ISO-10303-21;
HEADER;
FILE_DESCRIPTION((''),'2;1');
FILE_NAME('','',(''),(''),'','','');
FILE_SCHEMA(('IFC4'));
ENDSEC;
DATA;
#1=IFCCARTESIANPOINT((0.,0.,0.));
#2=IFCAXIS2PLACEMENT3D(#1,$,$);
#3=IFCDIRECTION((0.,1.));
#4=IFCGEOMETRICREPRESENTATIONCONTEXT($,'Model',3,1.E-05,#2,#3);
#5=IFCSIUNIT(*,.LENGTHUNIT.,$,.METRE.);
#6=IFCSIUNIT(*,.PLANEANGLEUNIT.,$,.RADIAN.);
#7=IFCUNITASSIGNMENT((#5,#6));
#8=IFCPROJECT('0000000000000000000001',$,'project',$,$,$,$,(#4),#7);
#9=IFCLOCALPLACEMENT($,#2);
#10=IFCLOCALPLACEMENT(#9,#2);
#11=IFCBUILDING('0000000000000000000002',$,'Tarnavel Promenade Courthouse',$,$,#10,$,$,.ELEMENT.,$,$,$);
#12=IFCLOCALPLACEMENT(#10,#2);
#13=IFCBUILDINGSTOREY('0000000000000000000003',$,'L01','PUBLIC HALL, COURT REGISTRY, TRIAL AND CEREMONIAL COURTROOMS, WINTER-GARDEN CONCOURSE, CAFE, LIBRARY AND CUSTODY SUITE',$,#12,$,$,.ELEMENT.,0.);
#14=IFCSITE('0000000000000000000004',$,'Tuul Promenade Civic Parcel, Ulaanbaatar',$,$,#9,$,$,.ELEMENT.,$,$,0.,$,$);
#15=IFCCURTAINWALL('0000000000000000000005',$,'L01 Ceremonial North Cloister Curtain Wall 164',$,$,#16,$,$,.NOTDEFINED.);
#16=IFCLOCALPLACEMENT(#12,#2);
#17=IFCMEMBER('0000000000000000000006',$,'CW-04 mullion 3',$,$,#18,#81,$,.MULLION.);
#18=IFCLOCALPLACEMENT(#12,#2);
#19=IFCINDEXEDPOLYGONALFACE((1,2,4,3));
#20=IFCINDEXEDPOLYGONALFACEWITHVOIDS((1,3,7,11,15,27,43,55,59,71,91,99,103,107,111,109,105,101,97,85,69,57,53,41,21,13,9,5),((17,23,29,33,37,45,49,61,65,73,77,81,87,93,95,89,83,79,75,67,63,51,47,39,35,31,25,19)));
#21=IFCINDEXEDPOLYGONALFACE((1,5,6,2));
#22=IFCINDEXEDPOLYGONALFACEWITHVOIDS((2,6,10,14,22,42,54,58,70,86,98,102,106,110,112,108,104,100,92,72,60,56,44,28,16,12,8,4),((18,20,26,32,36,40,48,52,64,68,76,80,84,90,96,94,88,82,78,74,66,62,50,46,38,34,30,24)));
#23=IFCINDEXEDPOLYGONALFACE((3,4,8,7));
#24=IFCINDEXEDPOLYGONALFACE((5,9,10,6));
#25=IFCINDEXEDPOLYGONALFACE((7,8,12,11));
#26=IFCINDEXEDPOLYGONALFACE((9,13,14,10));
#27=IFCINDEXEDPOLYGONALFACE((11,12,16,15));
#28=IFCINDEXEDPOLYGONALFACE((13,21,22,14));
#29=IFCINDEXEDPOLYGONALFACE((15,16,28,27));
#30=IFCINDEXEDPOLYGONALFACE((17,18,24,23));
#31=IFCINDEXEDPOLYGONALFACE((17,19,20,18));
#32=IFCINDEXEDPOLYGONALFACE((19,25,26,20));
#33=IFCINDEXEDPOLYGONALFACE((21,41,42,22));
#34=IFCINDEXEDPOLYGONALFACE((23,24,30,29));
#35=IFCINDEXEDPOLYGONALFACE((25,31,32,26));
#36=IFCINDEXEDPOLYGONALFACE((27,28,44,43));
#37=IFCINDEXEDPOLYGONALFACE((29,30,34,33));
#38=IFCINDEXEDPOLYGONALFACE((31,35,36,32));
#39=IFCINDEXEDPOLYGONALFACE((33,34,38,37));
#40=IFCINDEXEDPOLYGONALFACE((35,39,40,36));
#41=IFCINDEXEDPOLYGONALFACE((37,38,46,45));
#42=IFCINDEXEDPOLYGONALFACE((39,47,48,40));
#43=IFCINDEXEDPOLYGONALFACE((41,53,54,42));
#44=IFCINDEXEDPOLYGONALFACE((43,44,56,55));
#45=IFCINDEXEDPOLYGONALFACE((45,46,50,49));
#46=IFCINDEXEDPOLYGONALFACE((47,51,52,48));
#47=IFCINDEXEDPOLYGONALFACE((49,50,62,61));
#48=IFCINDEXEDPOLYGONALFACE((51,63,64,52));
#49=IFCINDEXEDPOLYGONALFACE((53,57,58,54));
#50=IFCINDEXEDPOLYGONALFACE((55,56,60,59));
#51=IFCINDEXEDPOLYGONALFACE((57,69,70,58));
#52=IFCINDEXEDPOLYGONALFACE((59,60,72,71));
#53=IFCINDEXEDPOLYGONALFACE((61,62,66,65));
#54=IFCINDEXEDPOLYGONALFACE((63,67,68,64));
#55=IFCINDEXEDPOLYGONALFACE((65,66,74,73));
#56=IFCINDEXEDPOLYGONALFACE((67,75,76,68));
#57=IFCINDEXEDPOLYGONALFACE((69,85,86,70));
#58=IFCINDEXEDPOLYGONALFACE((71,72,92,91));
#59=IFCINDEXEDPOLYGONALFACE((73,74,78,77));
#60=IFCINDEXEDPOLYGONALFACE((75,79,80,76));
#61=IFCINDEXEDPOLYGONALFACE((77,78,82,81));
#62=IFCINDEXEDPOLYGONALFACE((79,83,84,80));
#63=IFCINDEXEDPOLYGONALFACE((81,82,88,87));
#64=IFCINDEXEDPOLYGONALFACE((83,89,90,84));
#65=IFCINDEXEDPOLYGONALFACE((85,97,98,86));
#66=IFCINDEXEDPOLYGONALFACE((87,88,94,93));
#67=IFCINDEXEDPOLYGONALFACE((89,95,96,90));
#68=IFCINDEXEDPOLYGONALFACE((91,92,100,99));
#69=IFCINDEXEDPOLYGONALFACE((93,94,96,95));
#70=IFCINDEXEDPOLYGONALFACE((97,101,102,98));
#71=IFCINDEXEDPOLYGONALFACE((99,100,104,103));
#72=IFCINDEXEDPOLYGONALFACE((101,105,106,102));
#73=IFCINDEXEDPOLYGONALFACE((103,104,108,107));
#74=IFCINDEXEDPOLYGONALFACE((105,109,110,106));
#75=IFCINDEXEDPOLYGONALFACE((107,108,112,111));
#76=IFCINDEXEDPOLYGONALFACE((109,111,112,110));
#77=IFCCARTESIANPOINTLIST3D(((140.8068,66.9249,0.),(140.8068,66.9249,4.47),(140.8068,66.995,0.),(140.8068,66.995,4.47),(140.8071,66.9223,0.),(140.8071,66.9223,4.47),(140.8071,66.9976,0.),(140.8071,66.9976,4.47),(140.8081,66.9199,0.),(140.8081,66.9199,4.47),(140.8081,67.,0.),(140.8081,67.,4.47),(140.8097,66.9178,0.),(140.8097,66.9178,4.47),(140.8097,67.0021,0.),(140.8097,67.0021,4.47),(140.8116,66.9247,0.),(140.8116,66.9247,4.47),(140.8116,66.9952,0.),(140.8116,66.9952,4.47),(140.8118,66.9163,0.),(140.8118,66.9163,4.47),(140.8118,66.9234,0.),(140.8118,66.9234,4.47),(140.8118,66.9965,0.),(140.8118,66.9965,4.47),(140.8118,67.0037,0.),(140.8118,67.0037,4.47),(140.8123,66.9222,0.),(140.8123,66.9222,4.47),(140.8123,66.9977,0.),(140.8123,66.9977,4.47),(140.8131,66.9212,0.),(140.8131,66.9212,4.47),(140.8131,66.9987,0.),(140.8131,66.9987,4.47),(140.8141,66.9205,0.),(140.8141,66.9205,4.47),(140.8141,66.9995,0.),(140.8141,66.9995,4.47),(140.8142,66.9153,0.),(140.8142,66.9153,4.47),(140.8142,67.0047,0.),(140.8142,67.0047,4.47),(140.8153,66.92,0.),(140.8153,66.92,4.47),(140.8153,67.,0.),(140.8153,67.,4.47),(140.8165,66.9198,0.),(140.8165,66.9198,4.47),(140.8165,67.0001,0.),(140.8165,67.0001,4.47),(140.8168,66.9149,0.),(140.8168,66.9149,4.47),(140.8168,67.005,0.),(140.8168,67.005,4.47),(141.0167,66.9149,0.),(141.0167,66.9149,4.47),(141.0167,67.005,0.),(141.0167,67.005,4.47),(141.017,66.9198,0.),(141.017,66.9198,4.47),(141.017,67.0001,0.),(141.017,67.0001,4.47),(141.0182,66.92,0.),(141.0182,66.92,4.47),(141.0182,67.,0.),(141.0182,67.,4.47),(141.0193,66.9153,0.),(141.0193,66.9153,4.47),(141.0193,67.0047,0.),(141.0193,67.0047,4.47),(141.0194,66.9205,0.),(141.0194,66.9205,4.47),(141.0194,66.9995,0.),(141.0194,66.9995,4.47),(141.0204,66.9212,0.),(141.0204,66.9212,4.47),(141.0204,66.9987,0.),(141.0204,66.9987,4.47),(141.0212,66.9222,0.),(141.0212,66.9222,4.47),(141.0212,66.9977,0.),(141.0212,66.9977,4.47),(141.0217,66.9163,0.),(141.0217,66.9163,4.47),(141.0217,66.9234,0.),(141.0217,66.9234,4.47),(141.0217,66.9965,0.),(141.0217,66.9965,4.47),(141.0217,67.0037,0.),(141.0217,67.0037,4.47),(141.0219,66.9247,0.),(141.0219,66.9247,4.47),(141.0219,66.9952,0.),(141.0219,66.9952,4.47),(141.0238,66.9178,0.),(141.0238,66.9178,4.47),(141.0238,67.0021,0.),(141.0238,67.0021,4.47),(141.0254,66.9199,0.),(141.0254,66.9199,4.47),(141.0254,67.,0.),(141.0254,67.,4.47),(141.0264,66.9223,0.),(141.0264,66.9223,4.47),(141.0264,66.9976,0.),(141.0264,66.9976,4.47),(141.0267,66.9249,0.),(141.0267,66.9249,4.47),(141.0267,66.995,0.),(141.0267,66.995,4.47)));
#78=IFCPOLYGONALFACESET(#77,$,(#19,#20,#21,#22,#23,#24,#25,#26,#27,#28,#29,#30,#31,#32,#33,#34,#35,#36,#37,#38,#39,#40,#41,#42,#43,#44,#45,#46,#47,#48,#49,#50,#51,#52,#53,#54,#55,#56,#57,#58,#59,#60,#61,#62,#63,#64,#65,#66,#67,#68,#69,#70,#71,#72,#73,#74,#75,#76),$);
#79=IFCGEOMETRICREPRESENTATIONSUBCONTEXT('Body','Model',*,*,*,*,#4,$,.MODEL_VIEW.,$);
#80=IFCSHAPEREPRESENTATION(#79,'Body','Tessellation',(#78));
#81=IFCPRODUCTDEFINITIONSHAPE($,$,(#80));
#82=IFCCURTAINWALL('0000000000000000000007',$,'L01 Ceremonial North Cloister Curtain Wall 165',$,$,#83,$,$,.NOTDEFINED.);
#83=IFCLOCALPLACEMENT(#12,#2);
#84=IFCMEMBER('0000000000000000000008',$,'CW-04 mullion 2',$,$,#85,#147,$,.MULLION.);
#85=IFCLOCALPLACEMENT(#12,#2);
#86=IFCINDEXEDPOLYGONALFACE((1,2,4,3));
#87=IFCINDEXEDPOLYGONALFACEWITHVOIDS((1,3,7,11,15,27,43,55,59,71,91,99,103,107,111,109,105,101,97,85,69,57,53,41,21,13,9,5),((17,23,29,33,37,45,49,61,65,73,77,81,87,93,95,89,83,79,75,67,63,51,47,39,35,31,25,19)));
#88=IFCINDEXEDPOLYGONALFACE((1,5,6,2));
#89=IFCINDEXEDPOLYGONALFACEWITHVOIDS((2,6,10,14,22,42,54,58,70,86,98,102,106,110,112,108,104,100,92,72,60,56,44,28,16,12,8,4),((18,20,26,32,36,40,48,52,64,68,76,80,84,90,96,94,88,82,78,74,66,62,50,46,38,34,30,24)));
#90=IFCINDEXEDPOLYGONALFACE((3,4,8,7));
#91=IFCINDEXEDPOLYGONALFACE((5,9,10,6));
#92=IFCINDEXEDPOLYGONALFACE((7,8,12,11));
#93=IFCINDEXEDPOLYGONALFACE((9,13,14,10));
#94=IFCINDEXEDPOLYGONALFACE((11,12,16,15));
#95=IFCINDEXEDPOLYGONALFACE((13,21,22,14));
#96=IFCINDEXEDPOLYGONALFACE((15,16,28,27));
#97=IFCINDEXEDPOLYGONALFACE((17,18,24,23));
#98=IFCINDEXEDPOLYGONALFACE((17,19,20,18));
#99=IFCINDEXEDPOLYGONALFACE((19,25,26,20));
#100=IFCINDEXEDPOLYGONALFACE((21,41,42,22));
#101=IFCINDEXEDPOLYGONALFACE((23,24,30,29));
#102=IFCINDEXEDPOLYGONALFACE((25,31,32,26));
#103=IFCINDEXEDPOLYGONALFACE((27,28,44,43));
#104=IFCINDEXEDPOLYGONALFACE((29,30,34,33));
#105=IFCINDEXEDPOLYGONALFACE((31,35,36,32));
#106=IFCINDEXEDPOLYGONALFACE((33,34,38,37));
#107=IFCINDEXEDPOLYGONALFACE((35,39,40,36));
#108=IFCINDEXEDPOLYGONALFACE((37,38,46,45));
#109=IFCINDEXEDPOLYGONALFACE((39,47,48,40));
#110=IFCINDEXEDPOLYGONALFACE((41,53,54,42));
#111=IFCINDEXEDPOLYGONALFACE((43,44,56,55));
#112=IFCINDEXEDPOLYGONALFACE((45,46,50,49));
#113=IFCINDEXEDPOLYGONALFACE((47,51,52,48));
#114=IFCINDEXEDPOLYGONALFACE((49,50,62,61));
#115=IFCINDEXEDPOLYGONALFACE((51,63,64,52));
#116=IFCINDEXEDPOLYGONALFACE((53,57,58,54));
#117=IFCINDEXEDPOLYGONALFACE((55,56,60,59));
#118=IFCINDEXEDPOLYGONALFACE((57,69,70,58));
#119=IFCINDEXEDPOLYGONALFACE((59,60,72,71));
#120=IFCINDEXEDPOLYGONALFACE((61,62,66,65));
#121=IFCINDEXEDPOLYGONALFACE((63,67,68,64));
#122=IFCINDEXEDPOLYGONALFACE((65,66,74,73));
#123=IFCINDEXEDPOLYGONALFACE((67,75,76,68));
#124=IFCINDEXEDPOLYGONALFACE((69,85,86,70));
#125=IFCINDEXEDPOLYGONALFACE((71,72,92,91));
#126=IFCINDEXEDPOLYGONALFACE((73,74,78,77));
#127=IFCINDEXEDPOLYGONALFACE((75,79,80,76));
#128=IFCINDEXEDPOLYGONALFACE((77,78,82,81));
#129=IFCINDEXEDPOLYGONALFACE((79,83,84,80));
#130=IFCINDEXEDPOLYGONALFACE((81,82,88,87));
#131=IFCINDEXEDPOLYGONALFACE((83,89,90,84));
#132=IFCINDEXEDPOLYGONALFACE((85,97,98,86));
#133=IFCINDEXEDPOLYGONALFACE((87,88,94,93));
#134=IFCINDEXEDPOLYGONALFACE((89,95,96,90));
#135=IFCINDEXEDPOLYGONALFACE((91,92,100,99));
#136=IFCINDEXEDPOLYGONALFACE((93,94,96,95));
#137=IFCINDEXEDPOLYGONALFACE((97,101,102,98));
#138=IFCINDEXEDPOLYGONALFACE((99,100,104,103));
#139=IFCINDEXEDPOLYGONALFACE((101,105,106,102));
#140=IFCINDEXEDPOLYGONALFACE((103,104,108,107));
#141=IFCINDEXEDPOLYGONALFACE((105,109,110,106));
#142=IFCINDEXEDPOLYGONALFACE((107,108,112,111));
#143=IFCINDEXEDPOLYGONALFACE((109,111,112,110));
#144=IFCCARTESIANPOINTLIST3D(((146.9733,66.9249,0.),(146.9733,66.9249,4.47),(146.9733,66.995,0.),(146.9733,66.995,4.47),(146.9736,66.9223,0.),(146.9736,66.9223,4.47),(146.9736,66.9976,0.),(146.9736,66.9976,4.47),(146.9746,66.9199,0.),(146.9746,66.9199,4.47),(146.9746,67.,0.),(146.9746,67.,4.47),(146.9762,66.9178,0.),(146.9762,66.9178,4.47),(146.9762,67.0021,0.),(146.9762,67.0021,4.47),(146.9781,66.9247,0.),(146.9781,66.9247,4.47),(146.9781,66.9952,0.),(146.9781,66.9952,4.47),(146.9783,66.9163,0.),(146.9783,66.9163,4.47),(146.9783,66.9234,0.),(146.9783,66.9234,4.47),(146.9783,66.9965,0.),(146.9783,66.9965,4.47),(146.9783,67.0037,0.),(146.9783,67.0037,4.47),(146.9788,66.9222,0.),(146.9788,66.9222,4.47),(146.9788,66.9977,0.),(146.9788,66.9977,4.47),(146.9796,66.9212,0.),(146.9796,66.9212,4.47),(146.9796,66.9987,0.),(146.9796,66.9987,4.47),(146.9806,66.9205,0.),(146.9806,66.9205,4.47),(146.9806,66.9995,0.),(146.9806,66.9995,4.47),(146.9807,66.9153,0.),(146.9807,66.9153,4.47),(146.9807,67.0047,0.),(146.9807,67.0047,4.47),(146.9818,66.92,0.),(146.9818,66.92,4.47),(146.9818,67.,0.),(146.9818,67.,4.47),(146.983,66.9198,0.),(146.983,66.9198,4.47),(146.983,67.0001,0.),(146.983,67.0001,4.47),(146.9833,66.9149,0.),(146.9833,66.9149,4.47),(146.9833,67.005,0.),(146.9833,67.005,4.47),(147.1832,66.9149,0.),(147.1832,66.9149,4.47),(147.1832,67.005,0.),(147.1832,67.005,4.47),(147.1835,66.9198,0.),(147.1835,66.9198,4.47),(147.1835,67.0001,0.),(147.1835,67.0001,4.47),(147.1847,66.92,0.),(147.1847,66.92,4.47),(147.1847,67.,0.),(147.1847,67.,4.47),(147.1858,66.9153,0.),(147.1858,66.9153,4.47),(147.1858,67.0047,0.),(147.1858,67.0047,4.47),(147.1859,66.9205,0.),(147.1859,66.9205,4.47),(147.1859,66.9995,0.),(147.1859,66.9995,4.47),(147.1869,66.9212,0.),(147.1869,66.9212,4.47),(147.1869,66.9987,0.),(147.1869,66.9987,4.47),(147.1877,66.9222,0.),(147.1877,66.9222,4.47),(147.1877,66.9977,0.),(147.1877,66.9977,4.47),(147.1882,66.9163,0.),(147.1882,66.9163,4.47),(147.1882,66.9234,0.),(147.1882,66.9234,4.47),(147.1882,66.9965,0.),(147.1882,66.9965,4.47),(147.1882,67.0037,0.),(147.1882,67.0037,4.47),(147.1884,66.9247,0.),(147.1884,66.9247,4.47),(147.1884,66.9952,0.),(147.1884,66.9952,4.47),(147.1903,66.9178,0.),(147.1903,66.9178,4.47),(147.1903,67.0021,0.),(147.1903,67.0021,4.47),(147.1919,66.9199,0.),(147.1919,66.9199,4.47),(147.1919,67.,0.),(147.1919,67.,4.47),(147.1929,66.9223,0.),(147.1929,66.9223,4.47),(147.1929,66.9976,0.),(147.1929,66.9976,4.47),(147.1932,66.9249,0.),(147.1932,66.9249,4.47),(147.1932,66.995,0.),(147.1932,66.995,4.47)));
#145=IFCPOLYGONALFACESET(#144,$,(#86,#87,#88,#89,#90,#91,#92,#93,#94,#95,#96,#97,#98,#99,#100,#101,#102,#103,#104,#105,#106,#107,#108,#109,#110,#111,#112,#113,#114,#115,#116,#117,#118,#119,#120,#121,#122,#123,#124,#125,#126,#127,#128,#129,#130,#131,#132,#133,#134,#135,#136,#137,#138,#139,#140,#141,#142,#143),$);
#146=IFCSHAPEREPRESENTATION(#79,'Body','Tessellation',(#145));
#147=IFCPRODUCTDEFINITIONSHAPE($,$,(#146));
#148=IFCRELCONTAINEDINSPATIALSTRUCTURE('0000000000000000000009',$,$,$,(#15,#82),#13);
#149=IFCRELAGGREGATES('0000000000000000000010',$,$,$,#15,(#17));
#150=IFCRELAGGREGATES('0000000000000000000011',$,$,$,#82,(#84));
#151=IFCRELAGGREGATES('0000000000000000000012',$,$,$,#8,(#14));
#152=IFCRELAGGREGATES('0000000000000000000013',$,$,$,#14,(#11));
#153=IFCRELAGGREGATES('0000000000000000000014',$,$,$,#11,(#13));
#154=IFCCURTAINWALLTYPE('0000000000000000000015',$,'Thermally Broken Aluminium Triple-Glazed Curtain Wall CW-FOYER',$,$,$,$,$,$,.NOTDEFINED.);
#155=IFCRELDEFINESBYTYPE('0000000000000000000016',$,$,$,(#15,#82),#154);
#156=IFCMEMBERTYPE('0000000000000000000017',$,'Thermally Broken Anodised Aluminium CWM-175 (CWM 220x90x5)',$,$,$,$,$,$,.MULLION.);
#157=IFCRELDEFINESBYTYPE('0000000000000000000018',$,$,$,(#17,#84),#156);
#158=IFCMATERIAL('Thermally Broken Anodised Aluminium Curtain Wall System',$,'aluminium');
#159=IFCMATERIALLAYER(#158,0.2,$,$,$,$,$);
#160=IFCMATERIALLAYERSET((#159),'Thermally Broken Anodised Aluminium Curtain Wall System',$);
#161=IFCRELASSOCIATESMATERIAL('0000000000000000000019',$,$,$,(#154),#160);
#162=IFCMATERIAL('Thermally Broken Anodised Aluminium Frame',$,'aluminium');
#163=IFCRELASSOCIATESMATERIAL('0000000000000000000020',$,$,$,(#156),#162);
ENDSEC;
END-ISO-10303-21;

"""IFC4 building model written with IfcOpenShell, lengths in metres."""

from ifc_helpers import new_model, si_unit, direction, frame, origin, origin_2d, place, context, subcontext, project, spatial, hollow_rectangle, extrude, material, layer, layer_set, material_profile, profile_set, type_object, element, aggregate, save


model = new_model("IFC4")

# Units and contexts
model_context = context("Model", 3, precision=1e-05, world=origin(), true_north=direction((0.0, 1.0)))
body_context = subcontext(model_context, "Body", "Model", "MODEL_VIEW")
ifc_project = project(units=[si_unit("LENGTHUNIT", "METRE"), si_unit("PLANEANGLEUNIT", "RADIAN")], contexts=[model_context])

# Site, building, storey
site_placement = place(None, origin())
site = spatial("IfcSite", under=ifc_project, at=site_placement, Name="Tuul Promenade Civic Parcel, Ulaanbaatar", CompositionType="ELEMENT", RefElevation=0.0)
building_placement = place(site_placement, origin())
building = spatial("IfcBuilding", under=site, at=building_placement, Name="Tarnavel Promenade Courthouse", CompositionType="ELEMENT")
storey_placement = place(building_placement, origin())
storey = spatial("IfcBuildingStorey", under=building, at=storey_placement, Name="L01", Description="PUBLIC HALL, COURT REGISTRY, TRIAL AND CEREMONIAL COURTROOMS, WINTER-GARDEN CONCOURSE, CAFE, LIBRARY AND CUSTODY SUITE", CompositionType="ELEMENT", Elevation=0.0)

# Curtain walls, members
ifc_material_1 = material(Name="Thermally Broken Anodised Aluminium Curtain Wall System", Category="aluminium")
ifc_layer_1 = layer(ifc_material_1, 0.2)
ifc_layer_set_1 = layer_set([ifc_layer_1], Name="Thermally Broken Anodised Aluminium Curtain Wall System")
curtain_wall_type = type_object("IfcCurtainWallType", Name="Thermally Broken Aluminium Triple-Glazed Curtain Wall CW-FOYER", PredefinedType="NOTDEFINED", material=ifc_layer_set_1)
curtain_wall_1_placement = place(storey_placement, origin())
curtain_wall_1 = element("IfcCurtainWall", 1, at=curtain_wall_1_placement, inside=storey, type_object=curtain_wall_type, Name="L01 Ceremonial North Cloister Curtain Wall 164", PredefinedType="NOTDEFINED")
ifc_material_2 = material(Name="Thermally Broken Anodised Aluminium Frame", Category="aluminium")
ifc_material_profile_1 = material_profile(ifc_material_2, hollow_rectangle(XDim=0.0901, YDim=0.22, WallThickness=0.0049, InnerFilletRadius=0.0049, OuterFilletRadius=0.01, at=origin_2d()), Name="CWM 220x90x5")
ifc_profile_set_1 = profile_set([ifc_material_profile_1], Name="Thermally Broken Anodised Aluminium Frame")
member_type_1 = type_object("IfcMemberType", Name="Thermally Broken Anodised Aluminium CWM-175 (CWM 220x90x5)", PredefinedType="MULLION", material=ifc_profile_set_1)
member_1_placement = place(storey_placement, frame((140.9167, 66.96, 0.0), z_axis=(0.0, 0.0, 1.0), x_axis=(0.0, -1.0, 0.0)))
member_1 = element("IfcMember", 2, at=member_1_placement, type_object=member_type_1, Name="CW-04 mullion 3", PredefinedType="MULLION", context=body_context, shape_type="SweptSolid", body=[
    extrude(hollow_rectangle(XDim=0.0901, YDim=0.22, WallThickness=0.0049, InnerFilletRadius=0.0049, OuterFilletRadius=0.01, at=origin_2d()), origin(), (0.0, 0.0, 1.0), 4.47),
])
curtain_wall_2_placement = place(storey_placement, origin())
curtain_wall_2 = element("IfcCurtainWall", 3, at=curtain_wall_2_placement, inside=storey, type_object=curtain_wall_type, Name="L01 Ceremonial North Cloister Curtain Wall 165", PredefinedType="NOTDEFINED")
member_2_placement = place(storey_placement, frame((147.0833, 66.96, 0.0), z_axis=(0.0, 0.0, 1.0), x_axis=(0.0, -1.0, 0.0)))
member_2 = element("IfcMember", 4, at=member_2_placement, type_object=member_type_1, Name="CW-04 mullion 2", PredefinedType="MULLION", context=body_context, shape_type="SweptSolid", body=[
    extrude(hollow_rectangle(XDim=0.0901, YDim=0.22, WallThickness=0.0049, InnerFilletRadius=0.0049, OuterFilletRadius=0.01, at=origin_2d()), origin(), (0.0, 0.0, 1.0), 4.47),
])

aggregate(curtain_wall_1, [member_1])
aggregate(curtain_wall_2, [member_2])

save(model, "model.ifc")
